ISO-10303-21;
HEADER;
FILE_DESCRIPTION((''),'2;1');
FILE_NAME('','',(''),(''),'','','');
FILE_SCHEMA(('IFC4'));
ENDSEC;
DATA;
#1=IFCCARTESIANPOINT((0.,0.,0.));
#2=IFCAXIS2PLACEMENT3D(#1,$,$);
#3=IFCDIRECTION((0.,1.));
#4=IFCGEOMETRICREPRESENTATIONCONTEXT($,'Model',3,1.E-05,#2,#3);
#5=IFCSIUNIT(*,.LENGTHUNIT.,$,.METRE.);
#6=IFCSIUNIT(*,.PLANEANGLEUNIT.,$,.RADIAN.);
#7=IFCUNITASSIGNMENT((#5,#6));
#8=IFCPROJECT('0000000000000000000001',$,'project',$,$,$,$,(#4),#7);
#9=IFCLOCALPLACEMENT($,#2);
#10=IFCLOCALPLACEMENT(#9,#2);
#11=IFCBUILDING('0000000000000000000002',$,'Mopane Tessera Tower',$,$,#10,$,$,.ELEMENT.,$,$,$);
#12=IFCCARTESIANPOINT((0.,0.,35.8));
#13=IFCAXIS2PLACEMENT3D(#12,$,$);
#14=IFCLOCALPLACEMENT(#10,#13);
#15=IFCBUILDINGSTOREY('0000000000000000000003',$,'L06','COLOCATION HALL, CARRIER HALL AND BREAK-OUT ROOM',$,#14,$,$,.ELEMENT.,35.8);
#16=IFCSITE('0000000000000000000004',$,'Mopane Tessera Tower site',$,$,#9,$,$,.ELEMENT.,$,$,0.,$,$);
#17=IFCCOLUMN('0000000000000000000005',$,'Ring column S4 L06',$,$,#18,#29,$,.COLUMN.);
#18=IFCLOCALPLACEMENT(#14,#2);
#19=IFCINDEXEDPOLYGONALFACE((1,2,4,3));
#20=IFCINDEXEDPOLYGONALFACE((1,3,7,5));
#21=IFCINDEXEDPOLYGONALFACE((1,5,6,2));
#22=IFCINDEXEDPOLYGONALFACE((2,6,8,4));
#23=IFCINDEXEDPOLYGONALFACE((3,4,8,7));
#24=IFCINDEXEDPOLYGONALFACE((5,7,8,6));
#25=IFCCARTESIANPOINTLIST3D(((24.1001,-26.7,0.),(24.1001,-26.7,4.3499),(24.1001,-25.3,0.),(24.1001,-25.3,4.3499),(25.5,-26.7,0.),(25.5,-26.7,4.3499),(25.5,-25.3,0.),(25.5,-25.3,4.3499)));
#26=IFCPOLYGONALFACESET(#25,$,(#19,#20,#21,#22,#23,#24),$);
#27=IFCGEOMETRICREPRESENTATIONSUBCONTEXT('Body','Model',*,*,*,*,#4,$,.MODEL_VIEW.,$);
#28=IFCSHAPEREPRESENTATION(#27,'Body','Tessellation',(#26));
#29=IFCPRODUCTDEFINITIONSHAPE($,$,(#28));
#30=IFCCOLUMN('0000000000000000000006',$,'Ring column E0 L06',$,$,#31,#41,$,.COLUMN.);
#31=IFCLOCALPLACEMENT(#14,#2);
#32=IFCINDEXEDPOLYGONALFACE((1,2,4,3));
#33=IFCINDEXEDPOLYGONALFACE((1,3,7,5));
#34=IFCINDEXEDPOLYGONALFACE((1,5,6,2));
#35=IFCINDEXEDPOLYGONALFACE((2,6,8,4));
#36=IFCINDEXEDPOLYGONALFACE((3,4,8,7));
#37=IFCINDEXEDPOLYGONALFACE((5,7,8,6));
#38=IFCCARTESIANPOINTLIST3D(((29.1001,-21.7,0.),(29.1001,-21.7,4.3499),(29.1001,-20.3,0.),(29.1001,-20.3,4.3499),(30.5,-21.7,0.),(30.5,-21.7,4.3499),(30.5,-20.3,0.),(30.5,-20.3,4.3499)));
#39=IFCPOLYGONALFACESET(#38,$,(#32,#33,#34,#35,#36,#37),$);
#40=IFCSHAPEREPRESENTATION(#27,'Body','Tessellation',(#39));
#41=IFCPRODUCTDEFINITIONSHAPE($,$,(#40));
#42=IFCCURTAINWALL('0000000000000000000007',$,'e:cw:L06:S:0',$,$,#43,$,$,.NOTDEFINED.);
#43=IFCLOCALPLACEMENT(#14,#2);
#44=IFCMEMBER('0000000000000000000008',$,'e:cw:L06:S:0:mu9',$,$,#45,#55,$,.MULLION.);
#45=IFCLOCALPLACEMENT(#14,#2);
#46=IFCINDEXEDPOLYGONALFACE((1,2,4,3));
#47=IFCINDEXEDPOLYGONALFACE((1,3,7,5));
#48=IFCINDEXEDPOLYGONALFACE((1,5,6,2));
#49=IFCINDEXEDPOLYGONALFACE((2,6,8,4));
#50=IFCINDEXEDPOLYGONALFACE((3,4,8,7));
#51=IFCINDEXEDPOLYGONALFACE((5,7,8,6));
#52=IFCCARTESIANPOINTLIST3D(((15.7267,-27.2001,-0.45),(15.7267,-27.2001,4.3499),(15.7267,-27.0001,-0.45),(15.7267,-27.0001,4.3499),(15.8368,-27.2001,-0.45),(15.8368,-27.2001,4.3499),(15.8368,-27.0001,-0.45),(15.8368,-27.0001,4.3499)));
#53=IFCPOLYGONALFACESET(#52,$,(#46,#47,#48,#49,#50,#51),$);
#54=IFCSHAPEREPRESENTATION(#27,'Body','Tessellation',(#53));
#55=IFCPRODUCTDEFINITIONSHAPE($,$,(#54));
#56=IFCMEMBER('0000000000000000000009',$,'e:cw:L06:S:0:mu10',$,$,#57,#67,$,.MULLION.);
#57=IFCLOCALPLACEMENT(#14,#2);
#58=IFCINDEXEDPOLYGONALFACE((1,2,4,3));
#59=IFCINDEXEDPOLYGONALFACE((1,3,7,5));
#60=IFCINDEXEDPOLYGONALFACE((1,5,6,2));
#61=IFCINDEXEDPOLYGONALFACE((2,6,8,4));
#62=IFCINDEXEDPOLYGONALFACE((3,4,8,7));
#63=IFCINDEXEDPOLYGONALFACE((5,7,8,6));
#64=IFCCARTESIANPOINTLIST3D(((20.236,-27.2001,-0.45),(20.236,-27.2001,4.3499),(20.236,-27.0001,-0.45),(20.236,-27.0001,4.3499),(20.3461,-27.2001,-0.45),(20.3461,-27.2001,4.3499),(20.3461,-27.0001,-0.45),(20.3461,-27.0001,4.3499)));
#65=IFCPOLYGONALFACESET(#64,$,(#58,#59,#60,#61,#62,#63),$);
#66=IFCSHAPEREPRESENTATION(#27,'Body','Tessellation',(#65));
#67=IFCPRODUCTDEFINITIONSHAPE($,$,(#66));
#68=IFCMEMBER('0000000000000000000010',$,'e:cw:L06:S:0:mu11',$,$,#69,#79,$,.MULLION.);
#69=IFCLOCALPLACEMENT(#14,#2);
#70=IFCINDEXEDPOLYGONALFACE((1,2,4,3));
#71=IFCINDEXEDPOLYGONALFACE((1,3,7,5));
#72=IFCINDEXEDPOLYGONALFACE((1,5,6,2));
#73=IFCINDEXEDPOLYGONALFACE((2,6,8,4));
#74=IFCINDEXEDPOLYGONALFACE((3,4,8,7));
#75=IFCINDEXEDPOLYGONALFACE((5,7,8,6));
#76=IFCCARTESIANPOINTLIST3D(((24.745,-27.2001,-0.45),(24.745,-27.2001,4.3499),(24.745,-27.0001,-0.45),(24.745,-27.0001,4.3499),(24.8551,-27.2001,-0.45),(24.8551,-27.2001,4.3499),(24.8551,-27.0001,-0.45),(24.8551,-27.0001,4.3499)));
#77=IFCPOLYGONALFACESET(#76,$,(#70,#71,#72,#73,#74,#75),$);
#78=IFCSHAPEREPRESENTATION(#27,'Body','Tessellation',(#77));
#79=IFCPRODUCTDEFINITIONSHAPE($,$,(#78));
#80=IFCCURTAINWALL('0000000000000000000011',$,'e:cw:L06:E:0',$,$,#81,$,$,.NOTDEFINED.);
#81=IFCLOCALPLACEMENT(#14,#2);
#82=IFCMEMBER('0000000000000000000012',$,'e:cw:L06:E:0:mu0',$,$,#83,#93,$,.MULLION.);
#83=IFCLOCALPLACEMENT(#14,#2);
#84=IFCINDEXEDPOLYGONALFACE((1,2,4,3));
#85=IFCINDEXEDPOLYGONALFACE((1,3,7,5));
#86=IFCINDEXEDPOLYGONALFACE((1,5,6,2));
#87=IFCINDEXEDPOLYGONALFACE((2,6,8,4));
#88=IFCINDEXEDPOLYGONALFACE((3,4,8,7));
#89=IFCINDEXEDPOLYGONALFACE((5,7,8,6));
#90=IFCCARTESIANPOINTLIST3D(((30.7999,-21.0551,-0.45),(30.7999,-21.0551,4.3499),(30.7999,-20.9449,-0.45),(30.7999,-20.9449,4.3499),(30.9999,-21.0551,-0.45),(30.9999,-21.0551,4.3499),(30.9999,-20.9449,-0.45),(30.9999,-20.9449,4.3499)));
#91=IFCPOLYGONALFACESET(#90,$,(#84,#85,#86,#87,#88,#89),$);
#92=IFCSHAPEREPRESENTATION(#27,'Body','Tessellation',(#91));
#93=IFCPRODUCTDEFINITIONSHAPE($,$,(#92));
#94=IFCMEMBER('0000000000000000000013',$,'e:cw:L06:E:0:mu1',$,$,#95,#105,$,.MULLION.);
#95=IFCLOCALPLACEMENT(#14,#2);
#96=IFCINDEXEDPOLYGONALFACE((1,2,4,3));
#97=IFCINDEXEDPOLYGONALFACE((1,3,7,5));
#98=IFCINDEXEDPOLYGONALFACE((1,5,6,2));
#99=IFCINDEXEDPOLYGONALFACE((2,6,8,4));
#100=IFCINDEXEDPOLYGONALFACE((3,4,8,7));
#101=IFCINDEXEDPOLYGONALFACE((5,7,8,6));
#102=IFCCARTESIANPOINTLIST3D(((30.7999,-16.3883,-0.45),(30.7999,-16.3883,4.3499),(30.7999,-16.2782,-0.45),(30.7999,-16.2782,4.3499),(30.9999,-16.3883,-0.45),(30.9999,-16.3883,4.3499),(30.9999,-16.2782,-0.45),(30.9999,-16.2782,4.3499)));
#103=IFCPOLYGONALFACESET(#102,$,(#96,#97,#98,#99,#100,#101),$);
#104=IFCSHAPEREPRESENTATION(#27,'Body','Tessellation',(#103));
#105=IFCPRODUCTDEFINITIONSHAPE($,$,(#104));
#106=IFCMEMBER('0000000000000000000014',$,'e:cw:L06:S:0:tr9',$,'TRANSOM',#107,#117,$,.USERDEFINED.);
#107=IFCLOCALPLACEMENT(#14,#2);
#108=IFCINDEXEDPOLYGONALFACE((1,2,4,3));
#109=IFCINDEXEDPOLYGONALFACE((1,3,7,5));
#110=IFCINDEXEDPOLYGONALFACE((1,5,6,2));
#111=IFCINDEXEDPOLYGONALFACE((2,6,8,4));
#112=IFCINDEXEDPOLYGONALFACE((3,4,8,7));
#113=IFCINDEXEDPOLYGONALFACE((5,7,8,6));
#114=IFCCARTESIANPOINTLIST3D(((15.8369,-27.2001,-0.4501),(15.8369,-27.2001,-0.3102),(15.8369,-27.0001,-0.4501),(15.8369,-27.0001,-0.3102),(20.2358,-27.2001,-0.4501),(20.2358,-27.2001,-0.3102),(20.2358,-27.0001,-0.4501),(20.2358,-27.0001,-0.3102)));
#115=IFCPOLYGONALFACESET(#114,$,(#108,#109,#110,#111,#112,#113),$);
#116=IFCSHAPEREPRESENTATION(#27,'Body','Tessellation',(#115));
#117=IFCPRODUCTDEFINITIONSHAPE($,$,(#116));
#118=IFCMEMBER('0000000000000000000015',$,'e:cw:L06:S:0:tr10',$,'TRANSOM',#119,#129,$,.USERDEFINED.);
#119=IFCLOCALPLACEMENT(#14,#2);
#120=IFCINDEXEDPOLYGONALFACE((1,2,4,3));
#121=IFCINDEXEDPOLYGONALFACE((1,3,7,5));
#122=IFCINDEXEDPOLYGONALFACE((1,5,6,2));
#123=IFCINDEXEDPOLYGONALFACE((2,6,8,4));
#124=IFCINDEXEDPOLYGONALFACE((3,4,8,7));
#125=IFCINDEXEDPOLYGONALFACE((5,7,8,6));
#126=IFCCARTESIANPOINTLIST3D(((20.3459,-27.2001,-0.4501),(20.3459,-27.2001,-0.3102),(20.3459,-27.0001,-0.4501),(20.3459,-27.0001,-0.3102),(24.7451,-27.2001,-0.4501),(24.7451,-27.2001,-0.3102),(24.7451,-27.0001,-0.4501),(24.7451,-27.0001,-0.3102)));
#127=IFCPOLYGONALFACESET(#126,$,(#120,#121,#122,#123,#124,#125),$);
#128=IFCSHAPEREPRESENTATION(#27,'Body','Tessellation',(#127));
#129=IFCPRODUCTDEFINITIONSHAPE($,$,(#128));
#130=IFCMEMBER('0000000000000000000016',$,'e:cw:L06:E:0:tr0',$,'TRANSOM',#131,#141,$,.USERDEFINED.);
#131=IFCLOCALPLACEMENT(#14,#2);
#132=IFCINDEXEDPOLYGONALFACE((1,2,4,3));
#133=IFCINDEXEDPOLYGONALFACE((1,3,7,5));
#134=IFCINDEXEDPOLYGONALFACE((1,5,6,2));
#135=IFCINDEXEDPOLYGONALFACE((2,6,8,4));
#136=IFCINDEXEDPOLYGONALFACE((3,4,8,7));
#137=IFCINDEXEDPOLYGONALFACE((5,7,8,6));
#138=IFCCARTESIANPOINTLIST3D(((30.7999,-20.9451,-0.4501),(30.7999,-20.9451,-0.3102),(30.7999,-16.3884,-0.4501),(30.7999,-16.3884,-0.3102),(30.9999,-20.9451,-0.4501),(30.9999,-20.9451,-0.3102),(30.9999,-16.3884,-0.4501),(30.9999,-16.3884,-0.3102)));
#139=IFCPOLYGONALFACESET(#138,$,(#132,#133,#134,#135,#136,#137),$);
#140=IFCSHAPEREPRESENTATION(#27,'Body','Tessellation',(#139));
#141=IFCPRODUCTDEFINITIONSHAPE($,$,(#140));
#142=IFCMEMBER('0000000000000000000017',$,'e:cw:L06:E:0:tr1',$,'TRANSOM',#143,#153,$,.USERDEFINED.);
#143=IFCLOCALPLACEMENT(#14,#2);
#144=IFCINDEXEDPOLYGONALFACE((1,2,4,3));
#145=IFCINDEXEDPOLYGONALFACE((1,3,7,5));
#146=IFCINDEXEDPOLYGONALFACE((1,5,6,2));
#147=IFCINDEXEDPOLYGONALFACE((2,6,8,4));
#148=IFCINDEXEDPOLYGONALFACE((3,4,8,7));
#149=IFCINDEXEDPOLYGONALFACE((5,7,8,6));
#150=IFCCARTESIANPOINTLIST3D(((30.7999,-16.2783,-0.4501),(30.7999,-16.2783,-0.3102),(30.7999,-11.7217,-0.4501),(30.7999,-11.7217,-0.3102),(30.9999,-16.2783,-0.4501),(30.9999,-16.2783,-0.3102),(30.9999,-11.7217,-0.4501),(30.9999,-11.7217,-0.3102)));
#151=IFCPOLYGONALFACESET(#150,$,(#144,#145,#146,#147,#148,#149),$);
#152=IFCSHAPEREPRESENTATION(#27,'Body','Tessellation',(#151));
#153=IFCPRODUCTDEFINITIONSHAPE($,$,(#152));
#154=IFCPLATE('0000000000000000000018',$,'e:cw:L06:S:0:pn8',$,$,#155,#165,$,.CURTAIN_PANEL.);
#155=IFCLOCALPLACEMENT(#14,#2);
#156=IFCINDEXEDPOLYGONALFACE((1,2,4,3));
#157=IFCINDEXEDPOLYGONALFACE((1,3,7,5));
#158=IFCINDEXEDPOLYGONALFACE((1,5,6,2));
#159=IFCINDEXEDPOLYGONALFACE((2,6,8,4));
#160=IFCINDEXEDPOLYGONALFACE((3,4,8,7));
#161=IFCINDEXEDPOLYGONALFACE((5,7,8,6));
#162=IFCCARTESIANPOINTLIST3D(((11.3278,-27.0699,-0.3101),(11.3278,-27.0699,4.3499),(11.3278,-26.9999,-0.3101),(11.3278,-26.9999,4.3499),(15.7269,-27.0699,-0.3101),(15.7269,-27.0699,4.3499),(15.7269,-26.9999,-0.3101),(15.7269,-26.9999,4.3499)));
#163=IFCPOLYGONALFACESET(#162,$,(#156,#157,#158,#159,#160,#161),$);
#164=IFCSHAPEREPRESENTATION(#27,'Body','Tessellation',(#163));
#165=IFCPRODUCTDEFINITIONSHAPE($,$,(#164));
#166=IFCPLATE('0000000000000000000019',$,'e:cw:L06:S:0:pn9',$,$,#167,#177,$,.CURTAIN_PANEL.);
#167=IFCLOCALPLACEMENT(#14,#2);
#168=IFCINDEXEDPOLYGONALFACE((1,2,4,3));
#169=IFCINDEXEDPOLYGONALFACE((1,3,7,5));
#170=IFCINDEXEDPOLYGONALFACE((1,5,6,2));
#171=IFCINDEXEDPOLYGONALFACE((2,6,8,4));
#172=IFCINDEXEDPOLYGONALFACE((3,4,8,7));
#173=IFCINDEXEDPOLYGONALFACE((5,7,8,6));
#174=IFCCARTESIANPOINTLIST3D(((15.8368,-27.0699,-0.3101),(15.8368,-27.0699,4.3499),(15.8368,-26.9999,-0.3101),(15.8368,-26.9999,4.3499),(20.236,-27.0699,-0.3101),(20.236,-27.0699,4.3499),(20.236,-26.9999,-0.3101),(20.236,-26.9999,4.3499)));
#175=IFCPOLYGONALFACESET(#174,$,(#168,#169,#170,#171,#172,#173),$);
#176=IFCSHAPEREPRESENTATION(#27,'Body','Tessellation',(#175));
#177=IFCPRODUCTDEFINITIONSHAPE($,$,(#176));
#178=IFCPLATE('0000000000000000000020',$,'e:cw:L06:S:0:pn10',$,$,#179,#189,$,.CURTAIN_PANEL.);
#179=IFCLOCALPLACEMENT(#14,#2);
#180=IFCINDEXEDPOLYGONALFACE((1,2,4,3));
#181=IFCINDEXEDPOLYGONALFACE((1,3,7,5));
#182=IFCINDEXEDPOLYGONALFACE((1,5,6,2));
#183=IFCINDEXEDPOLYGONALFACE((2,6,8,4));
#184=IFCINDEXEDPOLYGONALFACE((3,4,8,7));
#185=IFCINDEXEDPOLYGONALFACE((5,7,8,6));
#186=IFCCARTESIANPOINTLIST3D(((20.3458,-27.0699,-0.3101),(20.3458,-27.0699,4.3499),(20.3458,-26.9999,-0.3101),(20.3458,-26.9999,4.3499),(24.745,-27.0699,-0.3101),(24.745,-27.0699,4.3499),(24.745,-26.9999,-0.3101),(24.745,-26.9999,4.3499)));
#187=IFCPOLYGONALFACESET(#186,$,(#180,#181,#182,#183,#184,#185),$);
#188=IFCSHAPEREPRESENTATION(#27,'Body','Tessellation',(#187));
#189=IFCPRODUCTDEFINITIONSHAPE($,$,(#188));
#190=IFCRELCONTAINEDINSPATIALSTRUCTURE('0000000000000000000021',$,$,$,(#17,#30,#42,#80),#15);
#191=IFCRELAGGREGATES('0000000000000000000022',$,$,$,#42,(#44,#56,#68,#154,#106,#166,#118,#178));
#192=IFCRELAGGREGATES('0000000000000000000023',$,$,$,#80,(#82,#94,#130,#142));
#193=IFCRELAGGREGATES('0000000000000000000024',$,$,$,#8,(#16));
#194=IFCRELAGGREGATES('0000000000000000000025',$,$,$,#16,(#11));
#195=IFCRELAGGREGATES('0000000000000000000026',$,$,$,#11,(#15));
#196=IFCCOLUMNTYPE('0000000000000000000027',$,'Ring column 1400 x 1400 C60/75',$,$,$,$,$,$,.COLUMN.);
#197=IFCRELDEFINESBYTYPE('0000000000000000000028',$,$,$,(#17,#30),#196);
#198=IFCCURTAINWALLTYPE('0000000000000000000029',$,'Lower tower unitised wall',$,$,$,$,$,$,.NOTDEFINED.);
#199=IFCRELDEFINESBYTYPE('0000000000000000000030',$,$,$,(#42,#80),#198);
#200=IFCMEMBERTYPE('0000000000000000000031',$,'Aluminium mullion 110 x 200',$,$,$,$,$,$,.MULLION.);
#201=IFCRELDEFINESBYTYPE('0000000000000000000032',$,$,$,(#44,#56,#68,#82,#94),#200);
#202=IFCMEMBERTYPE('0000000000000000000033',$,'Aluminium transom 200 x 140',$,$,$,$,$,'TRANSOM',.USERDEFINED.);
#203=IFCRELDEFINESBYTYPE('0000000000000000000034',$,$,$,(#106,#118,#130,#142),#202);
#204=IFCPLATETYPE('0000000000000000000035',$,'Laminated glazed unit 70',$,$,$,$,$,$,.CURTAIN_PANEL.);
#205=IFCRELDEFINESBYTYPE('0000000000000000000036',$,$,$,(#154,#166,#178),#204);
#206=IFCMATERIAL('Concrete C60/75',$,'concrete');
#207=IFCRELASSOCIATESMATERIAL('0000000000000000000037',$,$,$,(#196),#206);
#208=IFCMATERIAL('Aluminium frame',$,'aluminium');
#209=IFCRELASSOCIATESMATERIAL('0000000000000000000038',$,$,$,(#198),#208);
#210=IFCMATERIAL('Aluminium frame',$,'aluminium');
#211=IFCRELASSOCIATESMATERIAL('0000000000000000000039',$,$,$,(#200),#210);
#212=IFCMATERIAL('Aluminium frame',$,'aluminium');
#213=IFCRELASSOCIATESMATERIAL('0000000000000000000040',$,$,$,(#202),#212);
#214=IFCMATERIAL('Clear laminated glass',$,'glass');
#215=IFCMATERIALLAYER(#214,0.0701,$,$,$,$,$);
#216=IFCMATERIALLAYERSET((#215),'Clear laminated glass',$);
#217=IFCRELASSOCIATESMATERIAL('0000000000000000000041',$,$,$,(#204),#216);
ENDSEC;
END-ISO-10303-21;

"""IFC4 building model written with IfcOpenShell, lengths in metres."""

from ifc_helpers import new_model, si_unit, direction, frame, origin, origin_2d, place, context, subcontext, project, spatial, rectangle, extrude, material, layer, layer_set, material_profile, profile_set, type_object, element, aggregate, save


model = new_model("IFC4")

# Units and contexts
model_context = context("Model", 3, precision=1e-05, world=origin(), true_north=direction((0.0, 1.0)))
body_context = subcontext(model_context, "Body", "Model", "MODEL_VIEW")
ifc_project = project(units=[si_unit("LENGTHUNIT", "METRE"), si_unit("PLANEANGLEUNIT", "RADIAN")], contexts=[model_context])

# Site, building, storey
site_placement = place(None, origin())
site = spatial("IfcSite", under=ifc_project, at=site_placement, Name="Mopane Tessera Tower site", CompositionType="ELEMENT", RefElevation=0.0)
building_placement = place(site_placement, origin())
building = spatial("IfcBuilding", under=site, at=building_placement, Name="Mopane Tessera Tower", CompositionType="ELEMENT")
storey_placement = place(building_placement, frame((0.0, 0.0, 35.8)))
storey = spatial("IfcBuildingStorey", under=building, at=storey_placement, Name="L06", Description="COLOCATION HALL, CARRIER HALL AND BREAK-OUT ROOM", CompositionType="ELEMENT", Elevation=35.8)

# Columns
ifc_material_1 = material(Name="Concrete C60/75", Category="concrete")
ifc_material_profile_1 = material_profile(ifc_material_1, rectangle(XDim=1.3999, YDim=1.3999, at=origin_2d()))
ifc_profile_set_1 = profile_set([ifc_material_profile_1], Name="Concrete C60/75")
column_type = type_object("IfcColumnType", Name="Ring column 1400 x 1400 C60/75", PredefinedType="COLUMN", material=ifc_profile_set_1)
for number, where, z_axis, x_axis, name in (
    (1, (24.8, -26.0, 0.0), (0.0, 0.0, 1.0), (1.0, 0.0, 0.0), "Ring column S4 L06"),
    (2, (29.8, -21.0, 0.0), (0.0, 0.0, 1.0), (1.0, 0.0, 0.0), "Ring column E0 L06"),
):
    element("IfcColumn", number, at=place(storey_placement, frame(where, z_axis=z_axis, x_axis=x_axis)), inside=storey, type_object=column_type, Name=name, PredefinedType="COLUMN", context=body_context, shape_type="SweptSolid", body=[
        extrude(rectangle(XDim=1.3999, YDim=1.3999, at=origin_2d()), origin(), (0.0, 0.0, 1.0), 4.3499),
    ])

# Curtain walls, members
ifc_material_2 = material(Name="Aluminium frame", Category="aluminium")
curtain_wall_type = type_object("IfcCurtainWallType", Name="Lower tower unitised wall", PredefinedType="NOTDEFINED", material=ifc_material_2)
curtain_wall_1_placement = place(storey_placement, origin())
curtain_wall_1 = element("IfcCurtainWall", 3, at=curtain_wall_1_placement, inside=storey, type_object=curtain_wall_type, Name="e:cw:L06:S:0", PredefinedType="NOTDEFINED")
ifc_material_3 = material(Name="Aluminium frame", Category="aluminium")
ifc_material_profile_2 = material_profile(ifc_material_3, rectangle(XDim=0.1101, YDim=0.2, at=origin_2d()))
ifc_profile_set_2 = profile_set([ifc_material_profile_2], Name="Aluminium frame")
member_type_1 = type_object("IfcMemberType", Name="Aluminium mullion 110 x 200", PredefinedType="MULLION", material=ifc_profile_set_2)
member_1_placement = place(storey_placement, frame((15.7817, -27.1001, -0.45), z_axis=(0.0, 0.0, 1.0), x_axis=(1.0, 0.0, 0.0)))
member_1 = element("IfcMember", 4, at=member_1_placement, type_object=member_type_1, Name="e:cw:L06:S:0:mu9", PredefinedType="MULLION", context=body_context, shape_type="SweptSolid", body=[
    extrude(rectangle(XDim=0.1101, YDim=0.2, at=origin_2d()), origin(), (0.0, 0.0, 1.0), 4.7998),
])
member_2_placement = place(storey_placement, frame((20.291, -27.1001, -0.45), z_axis=(0.0, 0.0, 1.0), x_axis=(1.0, 0.0, 0.0)))
member_2 = element("IfcMember", 5, at=member_2_placement, type_object=member_type_1, Name="e:cw:L06:S:0:mu10", PredefinedType="MULLION", context=body_context, shape_type="SweptSolid", body=[
    extrude(rectangle(XDim=0.1101, YDim=0.2, at=origin_2d()), origin(), (0.0, 0.0, 1.0), 4.7998),
])
member_3_placement = place(storey_placement, frame((24.8, -27.1001, -0.45), z_axis=(0.0, 0.0, 1.0), x_axis=(1.0, 0.0, 0.0)))
member_3 = element("IfcMember", 6, at=member_3_placement, type_object=member_type_1, Name="e:cw:L06:S:0:mu11", PredefinedType="MULLION", context=body_context, shape_type="SweptSolid", body=[
    extrude(rectangle(XDim=0.1101, YDim=0.2, at=origin_2d()), origin(), (0.0, 0.0, 1.0), 4.7998),
])
curtain_wall_2_placement = place(storey_placement, origin())
curtain_wall_2 = element("IfcCurtainWall", 7, at=curtain_wall_2_placement, inside=storey, type_object=curtain_wall_type, Name="e:cw:L06:E:0", PredefinedType="NOTDEFINED")
member_4_placement = place(storey_placement, frame((30.8999, -21.0, -0.45), z_axis=(0.0, 0.0, 1.0), x_axis=(0.0, 1.0, 0.0)))
member_4 = element("IfcMember", 8, at=member_4_placement, type_object=member_type_1, Name="e:cw:L06:E:0:mu0", PredefinedType="MULLION", context=body_context, shape_type="SweptSolid", body=[
    extrude(rectangle(XDim=0.1101, YDim=0.2, at=origin_2d()), origin(), (0.0, 0.0, 1.0), 4.7998),
])
member_5_placement = place(storey_placement, frame((30.8999, -16.3333, -0.45), z_axis=(0.0, 0.0, 1.0), x_axis=(0.0, 1.0, 0.0)))
member_5 = element("IfcMember", 9, at=member_5_placement, type_object=member_type_1, Name="e:cw:L06:E:0:mu1", PredefinedType="MULLION", context=body_context, shape_type="SweptSolid", body=[
    extrude(rectangle(XDim=0.1101, YDim=0.2, at=origin_2d()), origin(), (0.0, 0.0, 1.0), 4.7998),
])

# Members
ifc_material_4 = material(Name="Aluminium frame", Category="aluminium")
ifc_material_profile_3 = material_profile(ifc_material_4, rectangle(XDim=0.2, YDim=0.1399, at=origin_2d()))
ifc_profile_set_3 = profile_set([ifc_material_profile_3], Name="Aluminium frame")
member_type_2 = type_object("IfcMemberType", Name="Aluminium transom 200 x 140", ElementType="TRANSOM", PredefinedType="USERDEFINED", material=ifc_profile_set_3)
member_6_placement = place(storey_placement, frame((15.8369, -27.1001, -0.3801), z_axis=(1.0, 0.0, 0.0), x_axis=(0.0, 1.0, 0.0)))
member_6 = element("IfcMember", 10, at=member_6_placement, type_object=member_type_2, Name="e:cw:L06:S:0:tr9", ObjectType="TRANSOM", PredefinedType="USERDEFINED", context=body_context, shape_type="SweptSolid", body=[
    extrude(rectangle(XDim=0.2, YDim=0.1399, at=origin_2d()), origin(), (0.0, 0.0, 1.0), 4.3989),
])
member_7_placement = place(storey_placement, frame((20.3459, -27.1001, -0.3801), z_axis=(1.0, 0.0, 0.0), x_axis=(0.0, 1.0, 0.0)))
member_7 = element("IfcMember", 11, at=member_7_placement, type_object=member_type_2, Name="e:cw:L06:S:0:tr10", ObjectType="TRANSOM", PredefinedType="USERDEFINED", context=body_context, shape_type="SweptSolid", body=[
    extrude(rectangle(XDim=0.2, YDim=0.1399, at=origin_2d()), origin(), (0.0, 0.0, 1.0), 4.3992),
])
member_8_placement = place(storey_placement, frame((30.8999, -20.9451, -0.3801), z_axis=(0.0, 1.0, 0.0), x_axis=(-1.0, 0.0, 0.0)))
member_8 = element("IfcMember", 12, at=member_8_placement, type_object=member_type_2, Name="e:cw:L06:E:0:tr0", ObjectType="TRANSOM", PredefinedType="USERDEFINED", context=body_context, shape_type="SweptSolid", body=[
    extrude(rectangle(XDim=0.2, YDim=0.1399, at=origin_2d()), origin(), (0.0, 0.0, 1.0), 4.5566),
])
member_9_placement = place(storey_placement, frame((30.8999, -16.2783, -0.3801), z_axis=(0.0, 1.0, 0.0), x_axis=(-1.0, 0.0, 0.0)))
member_9 = element("IfcMember", 13, at=member_9_placement, type_object=member_type_2, Name="e:cw:L06:E:0:tr1", ObjectType="TRANSOM", PredefinedType="USERDEFINED", context=body_context, shape_type="SweptSolid", body=[
    extrude(rectangle(XDim=0.2, YDim=0.1399, at=origin_2d()), origin(), (0.0, 0.0, 1.0), 4.5566),
])

# Plates
ifc_material_5 = material(Name="Clear laminated glass", Category="glass")
ifc_layer_1 = layer(ifc_material_5, 0.0701)
ifc_layer_set_1 = layer_set([ifc_layer_1], Name="Clear laminated glass")
plate_type = type_object("IfcPlateType", Name="Laminated glazed unit 70", PredefinedType="CURTAIN_PANEL", material=ifc_layer_set_1)
plate_1_placement = place(storey_placement, frame((13.5273, -27.0349, -0.3101), z_axis=(0.0, 0.0, 1.0), x_axis=(1.0, 0.0, 0.0)))
plate_1 = element("IfcPlate", 14, at=plate_1_placement, type_object=plate_type, Name="e:cw:L06:S:0:pn8", PredefinedType="CURTAIN_PANEL", context=body_context, shape_type="SweptSolid", body=[
    extrude(rectangle(XDim=4.3992, YDim=0.0701, at=origin_2d()), origin(), (0.0, 0.0, 1.0), 4.6599),
])
plate_2_placement = place(storey_placement, frame((18.0364, -27.0349, -0.3101), z_axis=(0.0, 0.0, 1.0), x_axis=(1.0, 0.0, 0.0)))
plate_2 = element("IfcPlate", 15, at=plate_2_placement, type_object=plate_type, Name="e:cw:L06:S:0:pn9", PredefinedType="CURTAIN_PANEL", context=body_context, shape_type="SweptSolid", body=[
    extrude(rectangle(XDim=4.3992, YDim=0.0701, at=origin_2d()), origin(), (0.0, 0.0, 1.0), 4.6599),
])
plate_3_placement = place(storey_placement, frame((22.5454, -27.0349, -0.3101), z_axis=(0.0, 0.0, 1.0), x_axis=(1.0, 0.0, 0.0)))
plate_3 = element("IfcPlate", 16, at=plate_3_placement, type_object=plate_type, Name="e:cw:L06:S:0:pn10", PredefinedType="CURTAIN_PANEL", context=body_context, shape_type="SweptSolid", body=[
    extrude(rectangle(XDim=4.3992, YDim=0.0701, at=origin_2d()), origin(), (0.0, 0.0, 1.0), 4.6599),
])
aggregate(curtain_wall_1, [member_1, member_2, member_3, plate_1, member_6, plate_2, member_7, plate_3])
aggregate(curtain_wall_2, [member_4, member_5, member_8, member_9])

save(model, "model.ifc")
